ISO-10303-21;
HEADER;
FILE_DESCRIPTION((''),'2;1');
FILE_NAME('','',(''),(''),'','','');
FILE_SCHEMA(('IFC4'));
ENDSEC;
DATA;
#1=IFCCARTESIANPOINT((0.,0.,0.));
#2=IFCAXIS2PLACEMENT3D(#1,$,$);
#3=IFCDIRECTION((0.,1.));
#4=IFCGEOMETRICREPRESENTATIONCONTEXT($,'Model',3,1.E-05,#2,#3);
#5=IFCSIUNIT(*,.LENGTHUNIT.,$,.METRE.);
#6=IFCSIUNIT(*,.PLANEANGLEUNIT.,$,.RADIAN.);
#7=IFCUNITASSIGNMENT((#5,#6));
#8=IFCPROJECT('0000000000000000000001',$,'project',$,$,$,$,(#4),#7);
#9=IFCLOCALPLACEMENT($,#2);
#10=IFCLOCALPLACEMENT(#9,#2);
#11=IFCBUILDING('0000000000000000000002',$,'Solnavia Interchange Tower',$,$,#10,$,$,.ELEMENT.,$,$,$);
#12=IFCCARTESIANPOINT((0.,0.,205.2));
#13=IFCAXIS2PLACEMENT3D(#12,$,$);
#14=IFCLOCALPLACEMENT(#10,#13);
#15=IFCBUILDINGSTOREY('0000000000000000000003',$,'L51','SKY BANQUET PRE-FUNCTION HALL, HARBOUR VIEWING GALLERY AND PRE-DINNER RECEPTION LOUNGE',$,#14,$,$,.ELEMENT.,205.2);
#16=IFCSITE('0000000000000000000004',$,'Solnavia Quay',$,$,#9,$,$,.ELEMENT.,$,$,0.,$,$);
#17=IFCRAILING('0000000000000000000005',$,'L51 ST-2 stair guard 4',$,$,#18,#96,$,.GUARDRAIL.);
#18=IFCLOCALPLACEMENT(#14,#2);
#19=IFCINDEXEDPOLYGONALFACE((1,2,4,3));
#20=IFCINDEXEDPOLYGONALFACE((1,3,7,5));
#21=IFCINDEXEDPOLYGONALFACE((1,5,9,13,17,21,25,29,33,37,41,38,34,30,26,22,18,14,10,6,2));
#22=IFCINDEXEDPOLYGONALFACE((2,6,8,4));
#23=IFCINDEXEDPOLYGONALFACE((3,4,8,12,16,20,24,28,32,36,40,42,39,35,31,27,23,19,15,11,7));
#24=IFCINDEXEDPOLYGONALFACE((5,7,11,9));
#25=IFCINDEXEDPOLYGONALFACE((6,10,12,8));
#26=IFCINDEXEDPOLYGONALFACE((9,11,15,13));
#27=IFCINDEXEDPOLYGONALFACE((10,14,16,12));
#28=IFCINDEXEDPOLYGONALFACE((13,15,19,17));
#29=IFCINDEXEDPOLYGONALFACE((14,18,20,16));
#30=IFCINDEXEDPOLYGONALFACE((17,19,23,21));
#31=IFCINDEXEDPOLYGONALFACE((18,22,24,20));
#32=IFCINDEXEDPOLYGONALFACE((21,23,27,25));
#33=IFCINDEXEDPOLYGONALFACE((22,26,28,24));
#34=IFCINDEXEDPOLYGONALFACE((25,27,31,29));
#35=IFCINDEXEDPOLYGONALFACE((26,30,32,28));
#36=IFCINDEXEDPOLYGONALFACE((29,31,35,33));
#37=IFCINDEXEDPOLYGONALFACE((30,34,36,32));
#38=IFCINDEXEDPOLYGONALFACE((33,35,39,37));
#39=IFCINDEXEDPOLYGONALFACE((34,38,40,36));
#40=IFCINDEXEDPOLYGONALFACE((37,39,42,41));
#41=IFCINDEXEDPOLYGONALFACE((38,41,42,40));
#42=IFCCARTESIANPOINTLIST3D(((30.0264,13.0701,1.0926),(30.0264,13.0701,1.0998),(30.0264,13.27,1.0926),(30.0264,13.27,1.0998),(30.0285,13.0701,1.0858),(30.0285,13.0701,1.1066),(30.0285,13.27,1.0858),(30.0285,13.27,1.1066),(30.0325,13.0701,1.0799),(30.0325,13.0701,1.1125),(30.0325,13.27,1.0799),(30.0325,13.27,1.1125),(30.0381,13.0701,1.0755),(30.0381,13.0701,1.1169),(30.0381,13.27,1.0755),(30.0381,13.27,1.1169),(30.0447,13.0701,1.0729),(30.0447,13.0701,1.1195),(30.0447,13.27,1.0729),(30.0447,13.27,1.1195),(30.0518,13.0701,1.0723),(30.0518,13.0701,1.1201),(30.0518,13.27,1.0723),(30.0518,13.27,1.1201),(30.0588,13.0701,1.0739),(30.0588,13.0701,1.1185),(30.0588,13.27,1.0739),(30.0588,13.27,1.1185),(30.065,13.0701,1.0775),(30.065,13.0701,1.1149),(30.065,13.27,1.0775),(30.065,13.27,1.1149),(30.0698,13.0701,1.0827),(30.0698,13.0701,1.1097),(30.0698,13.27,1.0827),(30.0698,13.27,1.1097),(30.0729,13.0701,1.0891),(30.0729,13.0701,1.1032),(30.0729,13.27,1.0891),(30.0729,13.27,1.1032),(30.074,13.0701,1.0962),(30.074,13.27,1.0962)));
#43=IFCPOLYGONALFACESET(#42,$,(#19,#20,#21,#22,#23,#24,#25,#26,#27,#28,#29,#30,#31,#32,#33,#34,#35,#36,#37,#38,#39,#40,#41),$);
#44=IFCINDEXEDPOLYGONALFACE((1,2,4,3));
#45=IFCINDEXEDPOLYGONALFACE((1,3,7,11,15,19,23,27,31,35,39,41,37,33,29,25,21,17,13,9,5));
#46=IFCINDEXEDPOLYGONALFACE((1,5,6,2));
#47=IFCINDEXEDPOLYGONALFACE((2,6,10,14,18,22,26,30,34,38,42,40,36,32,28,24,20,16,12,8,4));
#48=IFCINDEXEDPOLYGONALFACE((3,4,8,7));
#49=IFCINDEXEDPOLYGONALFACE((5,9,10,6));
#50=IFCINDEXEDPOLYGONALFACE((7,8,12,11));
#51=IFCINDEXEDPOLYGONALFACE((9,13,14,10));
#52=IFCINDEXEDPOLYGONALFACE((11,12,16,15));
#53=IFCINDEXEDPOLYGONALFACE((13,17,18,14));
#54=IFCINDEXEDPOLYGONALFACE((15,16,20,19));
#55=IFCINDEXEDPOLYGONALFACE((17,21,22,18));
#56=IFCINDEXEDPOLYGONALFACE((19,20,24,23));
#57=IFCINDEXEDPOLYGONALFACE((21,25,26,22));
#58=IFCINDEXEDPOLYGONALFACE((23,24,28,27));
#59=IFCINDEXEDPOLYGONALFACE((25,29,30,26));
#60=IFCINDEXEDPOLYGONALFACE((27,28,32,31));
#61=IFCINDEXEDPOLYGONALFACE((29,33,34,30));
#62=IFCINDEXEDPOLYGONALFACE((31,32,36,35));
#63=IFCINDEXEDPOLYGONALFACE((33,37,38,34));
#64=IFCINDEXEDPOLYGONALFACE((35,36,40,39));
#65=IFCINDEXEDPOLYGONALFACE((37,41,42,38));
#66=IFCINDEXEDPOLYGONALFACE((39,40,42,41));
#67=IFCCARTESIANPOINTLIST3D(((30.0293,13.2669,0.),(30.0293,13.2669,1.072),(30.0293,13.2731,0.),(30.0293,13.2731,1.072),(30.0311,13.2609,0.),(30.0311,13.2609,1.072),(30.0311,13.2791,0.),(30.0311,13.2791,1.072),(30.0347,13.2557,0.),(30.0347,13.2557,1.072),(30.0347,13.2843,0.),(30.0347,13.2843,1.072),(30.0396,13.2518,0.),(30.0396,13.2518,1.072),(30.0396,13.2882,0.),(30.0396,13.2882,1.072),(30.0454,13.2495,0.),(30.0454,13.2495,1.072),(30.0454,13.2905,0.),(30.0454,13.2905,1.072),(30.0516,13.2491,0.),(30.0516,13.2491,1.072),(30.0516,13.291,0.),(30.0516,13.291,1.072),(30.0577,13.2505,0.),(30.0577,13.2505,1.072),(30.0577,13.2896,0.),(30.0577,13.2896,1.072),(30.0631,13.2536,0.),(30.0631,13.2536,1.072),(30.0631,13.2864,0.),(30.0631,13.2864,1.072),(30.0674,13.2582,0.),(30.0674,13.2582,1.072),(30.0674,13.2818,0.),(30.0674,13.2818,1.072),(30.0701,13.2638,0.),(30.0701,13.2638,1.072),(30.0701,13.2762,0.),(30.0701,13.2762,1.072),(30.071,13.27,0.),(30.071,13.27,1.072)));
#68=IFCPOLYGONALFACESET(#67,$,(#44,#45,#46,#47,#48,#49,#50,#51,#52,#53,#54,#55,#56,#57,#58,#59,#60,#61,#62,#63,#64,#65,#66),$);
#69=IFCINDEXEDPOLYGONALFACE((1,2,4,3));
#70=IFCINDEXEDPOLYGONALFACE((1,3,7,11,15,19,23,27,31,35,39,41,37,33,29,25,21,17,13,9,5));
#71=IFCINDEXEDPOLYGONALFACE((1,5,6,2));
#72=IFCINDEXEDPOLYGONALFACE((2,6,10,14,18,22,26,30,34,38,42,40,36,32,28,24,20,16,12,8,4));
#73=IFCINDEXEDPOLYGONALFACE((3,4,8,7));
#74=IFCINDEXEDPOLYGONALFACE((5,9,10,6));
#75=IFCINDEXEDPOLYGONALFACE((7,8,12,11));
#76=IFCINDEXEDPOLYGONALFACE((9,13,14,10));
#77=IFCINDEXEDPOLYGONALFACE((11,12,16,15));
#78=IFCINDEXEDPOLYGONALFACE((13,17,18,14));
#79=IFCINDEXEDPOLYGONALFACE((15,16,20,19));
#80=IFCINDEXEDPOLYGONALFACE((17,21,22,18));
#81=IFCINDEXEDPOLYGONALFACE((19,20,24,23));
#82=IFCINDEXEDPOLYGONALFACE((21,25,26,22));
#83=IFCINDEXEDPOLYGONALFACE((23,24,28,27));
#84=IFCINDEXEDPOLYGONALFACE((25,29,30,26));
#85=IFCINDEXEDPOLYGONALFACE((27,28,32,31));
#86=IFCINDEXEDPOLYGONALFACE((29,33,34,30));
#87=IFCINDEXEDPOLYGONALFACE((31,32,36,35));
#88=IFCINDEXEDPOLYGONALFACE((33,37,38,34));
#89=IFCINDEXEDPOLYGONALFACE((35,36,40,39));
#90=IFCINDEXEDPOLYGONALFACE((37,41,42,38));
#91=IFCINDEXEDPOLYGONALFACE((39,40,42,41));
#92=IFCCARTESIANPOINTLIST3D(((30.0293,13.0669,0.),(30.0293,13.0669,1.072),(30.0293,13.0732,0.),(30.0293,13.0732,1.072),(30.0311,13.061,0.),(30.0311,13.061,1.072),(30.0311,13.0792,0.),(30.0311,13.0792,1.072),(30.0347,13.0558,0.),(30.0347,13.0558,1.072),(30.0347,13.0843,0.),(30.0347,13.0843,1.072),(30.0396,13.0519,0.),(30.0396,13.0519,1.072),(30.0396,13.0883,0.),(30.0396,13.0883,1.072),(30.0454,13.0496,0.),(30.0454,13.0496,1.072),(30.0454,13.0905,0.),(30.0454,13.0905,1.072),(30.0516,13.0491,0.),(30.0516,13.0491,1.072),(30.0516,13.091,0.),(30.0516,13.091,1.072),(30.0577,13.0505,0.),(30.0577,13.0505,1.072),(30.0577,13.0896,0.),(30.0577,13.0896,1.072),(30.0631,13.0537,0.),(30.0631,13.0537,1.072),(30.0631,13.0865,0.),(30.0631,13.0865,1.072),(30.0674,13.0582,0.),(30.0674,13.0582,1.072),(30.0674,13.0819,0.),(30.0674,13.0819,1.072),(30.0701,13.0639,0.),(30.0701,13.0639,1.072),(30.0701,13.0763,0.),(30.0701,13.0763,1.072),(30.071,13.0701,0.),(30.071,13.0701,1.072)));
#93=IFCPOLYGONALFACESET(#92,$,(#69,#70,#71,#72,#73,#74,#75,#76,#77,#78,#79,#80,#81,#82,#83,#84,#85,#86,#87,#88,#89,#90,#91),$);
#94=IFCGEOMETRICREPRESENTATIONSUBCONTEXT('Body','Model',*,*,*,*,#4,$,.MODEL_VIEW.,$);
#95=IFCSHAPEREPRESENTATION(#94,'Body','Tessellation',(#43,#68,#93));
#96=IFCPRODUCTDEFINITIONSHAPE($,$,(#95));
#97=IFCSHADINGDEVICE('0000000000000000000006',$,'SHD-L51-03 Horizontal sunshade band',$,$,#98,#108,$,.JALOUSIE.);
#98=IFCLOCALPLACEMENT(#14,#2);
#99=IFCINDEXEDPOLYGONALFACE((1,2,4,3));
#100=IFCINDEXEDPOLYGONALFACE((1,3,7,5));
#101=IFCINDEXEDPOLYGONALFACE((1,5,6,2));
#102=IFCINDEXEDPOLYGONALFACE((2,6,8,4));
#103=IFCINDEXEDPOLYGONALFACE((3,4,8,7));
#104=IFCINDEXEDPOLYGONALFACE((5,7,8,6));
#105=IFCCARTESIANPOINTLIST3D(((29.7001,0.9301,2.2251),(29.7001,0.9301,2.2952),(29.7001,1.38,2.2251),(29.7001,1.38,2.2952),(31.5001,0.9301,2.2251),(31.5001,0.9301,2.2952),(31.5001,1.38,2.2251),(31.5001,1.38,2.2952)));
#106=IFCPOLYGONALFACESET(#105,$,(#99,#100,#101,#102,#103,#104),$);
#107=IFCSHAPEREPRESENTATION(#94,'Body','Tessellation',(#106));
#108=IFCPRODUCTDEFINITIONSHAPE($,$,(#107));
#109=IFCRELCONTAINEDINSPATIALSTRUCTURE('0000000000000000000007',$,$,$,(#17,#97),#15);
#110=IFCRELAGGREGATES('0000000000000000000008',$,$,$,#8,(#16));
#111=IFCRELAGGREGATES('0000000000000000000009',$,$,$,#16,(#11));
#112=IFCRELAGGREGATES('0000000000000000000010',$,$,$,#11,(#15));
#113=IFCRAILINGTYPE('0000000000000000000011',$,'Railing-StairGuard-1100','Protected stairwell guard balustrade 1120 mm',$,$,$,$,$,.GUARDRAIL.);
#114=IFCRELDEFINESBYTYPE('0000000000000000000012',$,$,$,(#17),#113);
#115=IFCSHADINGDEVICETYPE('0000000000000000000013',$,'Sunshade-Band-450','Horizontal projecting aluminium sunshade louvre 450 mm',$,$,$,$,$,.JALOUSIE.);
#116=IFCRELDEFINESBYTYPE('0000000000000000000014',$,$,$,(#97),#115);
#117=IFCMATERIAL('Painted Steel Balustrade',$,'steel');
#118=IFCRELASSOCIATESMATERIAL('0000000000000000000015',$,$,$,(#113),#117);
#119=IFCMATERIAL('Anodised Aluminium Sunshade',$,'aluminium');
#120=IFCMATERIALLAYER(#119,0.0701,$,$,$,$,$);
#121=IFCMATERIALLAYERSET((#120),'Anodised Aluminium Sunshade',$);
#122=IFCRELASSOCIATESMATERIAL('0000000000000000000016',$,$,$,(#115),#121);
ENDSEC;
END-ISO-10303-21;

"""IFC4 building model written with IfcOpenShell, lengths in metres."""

from ifc_helpers import new_model, si_unit, direction, frame, origin, origin_2d, place, context, subcontext, project, spatial, rectangle, circle, extrude, material, layer, layer_set, type_object, element, save


model = new_model("IFC4")

# Units and contexts
model_context = context("Model", 3, precision=1e-05, world=origin(), true_north=direction((0.0, 1.0)))
body_context = subcontext(model_context, "Body", "Model", "MODEL_VIEW")
ifc_project = project(units=[si_unit("LENGTHUNIT", "METRE"), si_unit("PLANEANGLEUNIT", "RADIAN")], contexts=[model_context])

# Site, building, storey
site_placement = place(None, origin())
site = spatial("IfcSite", under=ifc_project, at=site_placement, Name="Solnavia Quay", CompositionType="ELEMENT", RefElevation=0.0)
building_placement = place(site_placement, origin())
building = spatial("IfcBuilding", under=site, at=building_placement, Name="Solnavia Interchange Tower", CompositionType="ELEMENT")
storey_placement = place(building_placement, frame((0.0, 0.0, 205.2)))
storey = spatial("IfcBuildingStorey", under=building, at=storey_placement, Name="L51", Description="SKY BANQUET PRE-FUNCTION HALL, HARBOUR VIEWING GALLERY AND PRE-DINNER RECEPTION LOUNGE", CompositionType="ELEMENT", Elevation=205.2)

# Railing
ifc_material_1 = material(Name="Painted Steel Balustrade", Category="steel")
railing_type = type_object("IfcRailingType", Name="Railing-StairGuard-1100", Description="Protected stairwell guard balustrade 1120 mm", PredefinedType="GUARDRAIL", material=ifc_material_1)
railing_1_placement = place(storey_placement, frame((30.05, 13.27, 0.0)))
element("IfcRailing", 1, at=railing_1_placement, inside=storey, type_object=railing_type, Name="L51 ST-2 stair guard 4", PredefinedType="GUARDRAIL", context=body_context, shape_type="SweptSolid", body=[
    extrude(circle(Radius=0.0239, at=origin_2d()), frame((0.0, 0.0, 1.0962), z_axis=(0.0, -1.0, 0.0), x_axis=(1.0, 0.0, 0.0)), (0.0, 0.0, 1.0), 0.2),
    extrude(circle(Radius=0.021, at=origin_2d()), origin(), (0.0, 0.0, 1.0), 1.072),
    extrude(circle(Radius=0.021, at=origin_2d()), frame((0.0, -0.2, 0.0)), (0.0, 0.0, 1.0), 1.072),
])

# Shading device
ifc_material_2 = material(Name="Anodised Aluminium Sunshade", Category="aluminium")
ifc_layer_1 = layer(ifc_material_2, 0.0701)
ifc_layer_set_1 = layer_set([ifc_layer_1], Name="Anodised Aluminium Sunshade")
shading_device_type = type_object("IfcShadingDeviceType", Name="Sunshade-Band-450", Description="Horizontal projecting aluminium sunshade louvre 450 mm", PredefinedType="JALOUSIE", material=ifc_layer_set_1)
shading_device_placement = place(storey_placement, frame((30.6001, 1.155, 2.2251), z_axis=(0.0, 0.0, 1.0), x_axis=(-1.0, 0.0, 0.0)))
element("IfcShadingDevice", 2, at=shading_device_placement, inside=storey, type_object=shading_device_type, Name="SHD-L51-03 Horizontal sunshade band", PredefinedType="JALOUSIE", context=body_context, shape_type="SweptSolid", body=[
    extrude(rectangle(XDim=1.8, YDim=0.45, at=origin_2d()), origin(), (0.0, 0.0, 1.0), 0.0701),
])

save(model, "model.ifc")
